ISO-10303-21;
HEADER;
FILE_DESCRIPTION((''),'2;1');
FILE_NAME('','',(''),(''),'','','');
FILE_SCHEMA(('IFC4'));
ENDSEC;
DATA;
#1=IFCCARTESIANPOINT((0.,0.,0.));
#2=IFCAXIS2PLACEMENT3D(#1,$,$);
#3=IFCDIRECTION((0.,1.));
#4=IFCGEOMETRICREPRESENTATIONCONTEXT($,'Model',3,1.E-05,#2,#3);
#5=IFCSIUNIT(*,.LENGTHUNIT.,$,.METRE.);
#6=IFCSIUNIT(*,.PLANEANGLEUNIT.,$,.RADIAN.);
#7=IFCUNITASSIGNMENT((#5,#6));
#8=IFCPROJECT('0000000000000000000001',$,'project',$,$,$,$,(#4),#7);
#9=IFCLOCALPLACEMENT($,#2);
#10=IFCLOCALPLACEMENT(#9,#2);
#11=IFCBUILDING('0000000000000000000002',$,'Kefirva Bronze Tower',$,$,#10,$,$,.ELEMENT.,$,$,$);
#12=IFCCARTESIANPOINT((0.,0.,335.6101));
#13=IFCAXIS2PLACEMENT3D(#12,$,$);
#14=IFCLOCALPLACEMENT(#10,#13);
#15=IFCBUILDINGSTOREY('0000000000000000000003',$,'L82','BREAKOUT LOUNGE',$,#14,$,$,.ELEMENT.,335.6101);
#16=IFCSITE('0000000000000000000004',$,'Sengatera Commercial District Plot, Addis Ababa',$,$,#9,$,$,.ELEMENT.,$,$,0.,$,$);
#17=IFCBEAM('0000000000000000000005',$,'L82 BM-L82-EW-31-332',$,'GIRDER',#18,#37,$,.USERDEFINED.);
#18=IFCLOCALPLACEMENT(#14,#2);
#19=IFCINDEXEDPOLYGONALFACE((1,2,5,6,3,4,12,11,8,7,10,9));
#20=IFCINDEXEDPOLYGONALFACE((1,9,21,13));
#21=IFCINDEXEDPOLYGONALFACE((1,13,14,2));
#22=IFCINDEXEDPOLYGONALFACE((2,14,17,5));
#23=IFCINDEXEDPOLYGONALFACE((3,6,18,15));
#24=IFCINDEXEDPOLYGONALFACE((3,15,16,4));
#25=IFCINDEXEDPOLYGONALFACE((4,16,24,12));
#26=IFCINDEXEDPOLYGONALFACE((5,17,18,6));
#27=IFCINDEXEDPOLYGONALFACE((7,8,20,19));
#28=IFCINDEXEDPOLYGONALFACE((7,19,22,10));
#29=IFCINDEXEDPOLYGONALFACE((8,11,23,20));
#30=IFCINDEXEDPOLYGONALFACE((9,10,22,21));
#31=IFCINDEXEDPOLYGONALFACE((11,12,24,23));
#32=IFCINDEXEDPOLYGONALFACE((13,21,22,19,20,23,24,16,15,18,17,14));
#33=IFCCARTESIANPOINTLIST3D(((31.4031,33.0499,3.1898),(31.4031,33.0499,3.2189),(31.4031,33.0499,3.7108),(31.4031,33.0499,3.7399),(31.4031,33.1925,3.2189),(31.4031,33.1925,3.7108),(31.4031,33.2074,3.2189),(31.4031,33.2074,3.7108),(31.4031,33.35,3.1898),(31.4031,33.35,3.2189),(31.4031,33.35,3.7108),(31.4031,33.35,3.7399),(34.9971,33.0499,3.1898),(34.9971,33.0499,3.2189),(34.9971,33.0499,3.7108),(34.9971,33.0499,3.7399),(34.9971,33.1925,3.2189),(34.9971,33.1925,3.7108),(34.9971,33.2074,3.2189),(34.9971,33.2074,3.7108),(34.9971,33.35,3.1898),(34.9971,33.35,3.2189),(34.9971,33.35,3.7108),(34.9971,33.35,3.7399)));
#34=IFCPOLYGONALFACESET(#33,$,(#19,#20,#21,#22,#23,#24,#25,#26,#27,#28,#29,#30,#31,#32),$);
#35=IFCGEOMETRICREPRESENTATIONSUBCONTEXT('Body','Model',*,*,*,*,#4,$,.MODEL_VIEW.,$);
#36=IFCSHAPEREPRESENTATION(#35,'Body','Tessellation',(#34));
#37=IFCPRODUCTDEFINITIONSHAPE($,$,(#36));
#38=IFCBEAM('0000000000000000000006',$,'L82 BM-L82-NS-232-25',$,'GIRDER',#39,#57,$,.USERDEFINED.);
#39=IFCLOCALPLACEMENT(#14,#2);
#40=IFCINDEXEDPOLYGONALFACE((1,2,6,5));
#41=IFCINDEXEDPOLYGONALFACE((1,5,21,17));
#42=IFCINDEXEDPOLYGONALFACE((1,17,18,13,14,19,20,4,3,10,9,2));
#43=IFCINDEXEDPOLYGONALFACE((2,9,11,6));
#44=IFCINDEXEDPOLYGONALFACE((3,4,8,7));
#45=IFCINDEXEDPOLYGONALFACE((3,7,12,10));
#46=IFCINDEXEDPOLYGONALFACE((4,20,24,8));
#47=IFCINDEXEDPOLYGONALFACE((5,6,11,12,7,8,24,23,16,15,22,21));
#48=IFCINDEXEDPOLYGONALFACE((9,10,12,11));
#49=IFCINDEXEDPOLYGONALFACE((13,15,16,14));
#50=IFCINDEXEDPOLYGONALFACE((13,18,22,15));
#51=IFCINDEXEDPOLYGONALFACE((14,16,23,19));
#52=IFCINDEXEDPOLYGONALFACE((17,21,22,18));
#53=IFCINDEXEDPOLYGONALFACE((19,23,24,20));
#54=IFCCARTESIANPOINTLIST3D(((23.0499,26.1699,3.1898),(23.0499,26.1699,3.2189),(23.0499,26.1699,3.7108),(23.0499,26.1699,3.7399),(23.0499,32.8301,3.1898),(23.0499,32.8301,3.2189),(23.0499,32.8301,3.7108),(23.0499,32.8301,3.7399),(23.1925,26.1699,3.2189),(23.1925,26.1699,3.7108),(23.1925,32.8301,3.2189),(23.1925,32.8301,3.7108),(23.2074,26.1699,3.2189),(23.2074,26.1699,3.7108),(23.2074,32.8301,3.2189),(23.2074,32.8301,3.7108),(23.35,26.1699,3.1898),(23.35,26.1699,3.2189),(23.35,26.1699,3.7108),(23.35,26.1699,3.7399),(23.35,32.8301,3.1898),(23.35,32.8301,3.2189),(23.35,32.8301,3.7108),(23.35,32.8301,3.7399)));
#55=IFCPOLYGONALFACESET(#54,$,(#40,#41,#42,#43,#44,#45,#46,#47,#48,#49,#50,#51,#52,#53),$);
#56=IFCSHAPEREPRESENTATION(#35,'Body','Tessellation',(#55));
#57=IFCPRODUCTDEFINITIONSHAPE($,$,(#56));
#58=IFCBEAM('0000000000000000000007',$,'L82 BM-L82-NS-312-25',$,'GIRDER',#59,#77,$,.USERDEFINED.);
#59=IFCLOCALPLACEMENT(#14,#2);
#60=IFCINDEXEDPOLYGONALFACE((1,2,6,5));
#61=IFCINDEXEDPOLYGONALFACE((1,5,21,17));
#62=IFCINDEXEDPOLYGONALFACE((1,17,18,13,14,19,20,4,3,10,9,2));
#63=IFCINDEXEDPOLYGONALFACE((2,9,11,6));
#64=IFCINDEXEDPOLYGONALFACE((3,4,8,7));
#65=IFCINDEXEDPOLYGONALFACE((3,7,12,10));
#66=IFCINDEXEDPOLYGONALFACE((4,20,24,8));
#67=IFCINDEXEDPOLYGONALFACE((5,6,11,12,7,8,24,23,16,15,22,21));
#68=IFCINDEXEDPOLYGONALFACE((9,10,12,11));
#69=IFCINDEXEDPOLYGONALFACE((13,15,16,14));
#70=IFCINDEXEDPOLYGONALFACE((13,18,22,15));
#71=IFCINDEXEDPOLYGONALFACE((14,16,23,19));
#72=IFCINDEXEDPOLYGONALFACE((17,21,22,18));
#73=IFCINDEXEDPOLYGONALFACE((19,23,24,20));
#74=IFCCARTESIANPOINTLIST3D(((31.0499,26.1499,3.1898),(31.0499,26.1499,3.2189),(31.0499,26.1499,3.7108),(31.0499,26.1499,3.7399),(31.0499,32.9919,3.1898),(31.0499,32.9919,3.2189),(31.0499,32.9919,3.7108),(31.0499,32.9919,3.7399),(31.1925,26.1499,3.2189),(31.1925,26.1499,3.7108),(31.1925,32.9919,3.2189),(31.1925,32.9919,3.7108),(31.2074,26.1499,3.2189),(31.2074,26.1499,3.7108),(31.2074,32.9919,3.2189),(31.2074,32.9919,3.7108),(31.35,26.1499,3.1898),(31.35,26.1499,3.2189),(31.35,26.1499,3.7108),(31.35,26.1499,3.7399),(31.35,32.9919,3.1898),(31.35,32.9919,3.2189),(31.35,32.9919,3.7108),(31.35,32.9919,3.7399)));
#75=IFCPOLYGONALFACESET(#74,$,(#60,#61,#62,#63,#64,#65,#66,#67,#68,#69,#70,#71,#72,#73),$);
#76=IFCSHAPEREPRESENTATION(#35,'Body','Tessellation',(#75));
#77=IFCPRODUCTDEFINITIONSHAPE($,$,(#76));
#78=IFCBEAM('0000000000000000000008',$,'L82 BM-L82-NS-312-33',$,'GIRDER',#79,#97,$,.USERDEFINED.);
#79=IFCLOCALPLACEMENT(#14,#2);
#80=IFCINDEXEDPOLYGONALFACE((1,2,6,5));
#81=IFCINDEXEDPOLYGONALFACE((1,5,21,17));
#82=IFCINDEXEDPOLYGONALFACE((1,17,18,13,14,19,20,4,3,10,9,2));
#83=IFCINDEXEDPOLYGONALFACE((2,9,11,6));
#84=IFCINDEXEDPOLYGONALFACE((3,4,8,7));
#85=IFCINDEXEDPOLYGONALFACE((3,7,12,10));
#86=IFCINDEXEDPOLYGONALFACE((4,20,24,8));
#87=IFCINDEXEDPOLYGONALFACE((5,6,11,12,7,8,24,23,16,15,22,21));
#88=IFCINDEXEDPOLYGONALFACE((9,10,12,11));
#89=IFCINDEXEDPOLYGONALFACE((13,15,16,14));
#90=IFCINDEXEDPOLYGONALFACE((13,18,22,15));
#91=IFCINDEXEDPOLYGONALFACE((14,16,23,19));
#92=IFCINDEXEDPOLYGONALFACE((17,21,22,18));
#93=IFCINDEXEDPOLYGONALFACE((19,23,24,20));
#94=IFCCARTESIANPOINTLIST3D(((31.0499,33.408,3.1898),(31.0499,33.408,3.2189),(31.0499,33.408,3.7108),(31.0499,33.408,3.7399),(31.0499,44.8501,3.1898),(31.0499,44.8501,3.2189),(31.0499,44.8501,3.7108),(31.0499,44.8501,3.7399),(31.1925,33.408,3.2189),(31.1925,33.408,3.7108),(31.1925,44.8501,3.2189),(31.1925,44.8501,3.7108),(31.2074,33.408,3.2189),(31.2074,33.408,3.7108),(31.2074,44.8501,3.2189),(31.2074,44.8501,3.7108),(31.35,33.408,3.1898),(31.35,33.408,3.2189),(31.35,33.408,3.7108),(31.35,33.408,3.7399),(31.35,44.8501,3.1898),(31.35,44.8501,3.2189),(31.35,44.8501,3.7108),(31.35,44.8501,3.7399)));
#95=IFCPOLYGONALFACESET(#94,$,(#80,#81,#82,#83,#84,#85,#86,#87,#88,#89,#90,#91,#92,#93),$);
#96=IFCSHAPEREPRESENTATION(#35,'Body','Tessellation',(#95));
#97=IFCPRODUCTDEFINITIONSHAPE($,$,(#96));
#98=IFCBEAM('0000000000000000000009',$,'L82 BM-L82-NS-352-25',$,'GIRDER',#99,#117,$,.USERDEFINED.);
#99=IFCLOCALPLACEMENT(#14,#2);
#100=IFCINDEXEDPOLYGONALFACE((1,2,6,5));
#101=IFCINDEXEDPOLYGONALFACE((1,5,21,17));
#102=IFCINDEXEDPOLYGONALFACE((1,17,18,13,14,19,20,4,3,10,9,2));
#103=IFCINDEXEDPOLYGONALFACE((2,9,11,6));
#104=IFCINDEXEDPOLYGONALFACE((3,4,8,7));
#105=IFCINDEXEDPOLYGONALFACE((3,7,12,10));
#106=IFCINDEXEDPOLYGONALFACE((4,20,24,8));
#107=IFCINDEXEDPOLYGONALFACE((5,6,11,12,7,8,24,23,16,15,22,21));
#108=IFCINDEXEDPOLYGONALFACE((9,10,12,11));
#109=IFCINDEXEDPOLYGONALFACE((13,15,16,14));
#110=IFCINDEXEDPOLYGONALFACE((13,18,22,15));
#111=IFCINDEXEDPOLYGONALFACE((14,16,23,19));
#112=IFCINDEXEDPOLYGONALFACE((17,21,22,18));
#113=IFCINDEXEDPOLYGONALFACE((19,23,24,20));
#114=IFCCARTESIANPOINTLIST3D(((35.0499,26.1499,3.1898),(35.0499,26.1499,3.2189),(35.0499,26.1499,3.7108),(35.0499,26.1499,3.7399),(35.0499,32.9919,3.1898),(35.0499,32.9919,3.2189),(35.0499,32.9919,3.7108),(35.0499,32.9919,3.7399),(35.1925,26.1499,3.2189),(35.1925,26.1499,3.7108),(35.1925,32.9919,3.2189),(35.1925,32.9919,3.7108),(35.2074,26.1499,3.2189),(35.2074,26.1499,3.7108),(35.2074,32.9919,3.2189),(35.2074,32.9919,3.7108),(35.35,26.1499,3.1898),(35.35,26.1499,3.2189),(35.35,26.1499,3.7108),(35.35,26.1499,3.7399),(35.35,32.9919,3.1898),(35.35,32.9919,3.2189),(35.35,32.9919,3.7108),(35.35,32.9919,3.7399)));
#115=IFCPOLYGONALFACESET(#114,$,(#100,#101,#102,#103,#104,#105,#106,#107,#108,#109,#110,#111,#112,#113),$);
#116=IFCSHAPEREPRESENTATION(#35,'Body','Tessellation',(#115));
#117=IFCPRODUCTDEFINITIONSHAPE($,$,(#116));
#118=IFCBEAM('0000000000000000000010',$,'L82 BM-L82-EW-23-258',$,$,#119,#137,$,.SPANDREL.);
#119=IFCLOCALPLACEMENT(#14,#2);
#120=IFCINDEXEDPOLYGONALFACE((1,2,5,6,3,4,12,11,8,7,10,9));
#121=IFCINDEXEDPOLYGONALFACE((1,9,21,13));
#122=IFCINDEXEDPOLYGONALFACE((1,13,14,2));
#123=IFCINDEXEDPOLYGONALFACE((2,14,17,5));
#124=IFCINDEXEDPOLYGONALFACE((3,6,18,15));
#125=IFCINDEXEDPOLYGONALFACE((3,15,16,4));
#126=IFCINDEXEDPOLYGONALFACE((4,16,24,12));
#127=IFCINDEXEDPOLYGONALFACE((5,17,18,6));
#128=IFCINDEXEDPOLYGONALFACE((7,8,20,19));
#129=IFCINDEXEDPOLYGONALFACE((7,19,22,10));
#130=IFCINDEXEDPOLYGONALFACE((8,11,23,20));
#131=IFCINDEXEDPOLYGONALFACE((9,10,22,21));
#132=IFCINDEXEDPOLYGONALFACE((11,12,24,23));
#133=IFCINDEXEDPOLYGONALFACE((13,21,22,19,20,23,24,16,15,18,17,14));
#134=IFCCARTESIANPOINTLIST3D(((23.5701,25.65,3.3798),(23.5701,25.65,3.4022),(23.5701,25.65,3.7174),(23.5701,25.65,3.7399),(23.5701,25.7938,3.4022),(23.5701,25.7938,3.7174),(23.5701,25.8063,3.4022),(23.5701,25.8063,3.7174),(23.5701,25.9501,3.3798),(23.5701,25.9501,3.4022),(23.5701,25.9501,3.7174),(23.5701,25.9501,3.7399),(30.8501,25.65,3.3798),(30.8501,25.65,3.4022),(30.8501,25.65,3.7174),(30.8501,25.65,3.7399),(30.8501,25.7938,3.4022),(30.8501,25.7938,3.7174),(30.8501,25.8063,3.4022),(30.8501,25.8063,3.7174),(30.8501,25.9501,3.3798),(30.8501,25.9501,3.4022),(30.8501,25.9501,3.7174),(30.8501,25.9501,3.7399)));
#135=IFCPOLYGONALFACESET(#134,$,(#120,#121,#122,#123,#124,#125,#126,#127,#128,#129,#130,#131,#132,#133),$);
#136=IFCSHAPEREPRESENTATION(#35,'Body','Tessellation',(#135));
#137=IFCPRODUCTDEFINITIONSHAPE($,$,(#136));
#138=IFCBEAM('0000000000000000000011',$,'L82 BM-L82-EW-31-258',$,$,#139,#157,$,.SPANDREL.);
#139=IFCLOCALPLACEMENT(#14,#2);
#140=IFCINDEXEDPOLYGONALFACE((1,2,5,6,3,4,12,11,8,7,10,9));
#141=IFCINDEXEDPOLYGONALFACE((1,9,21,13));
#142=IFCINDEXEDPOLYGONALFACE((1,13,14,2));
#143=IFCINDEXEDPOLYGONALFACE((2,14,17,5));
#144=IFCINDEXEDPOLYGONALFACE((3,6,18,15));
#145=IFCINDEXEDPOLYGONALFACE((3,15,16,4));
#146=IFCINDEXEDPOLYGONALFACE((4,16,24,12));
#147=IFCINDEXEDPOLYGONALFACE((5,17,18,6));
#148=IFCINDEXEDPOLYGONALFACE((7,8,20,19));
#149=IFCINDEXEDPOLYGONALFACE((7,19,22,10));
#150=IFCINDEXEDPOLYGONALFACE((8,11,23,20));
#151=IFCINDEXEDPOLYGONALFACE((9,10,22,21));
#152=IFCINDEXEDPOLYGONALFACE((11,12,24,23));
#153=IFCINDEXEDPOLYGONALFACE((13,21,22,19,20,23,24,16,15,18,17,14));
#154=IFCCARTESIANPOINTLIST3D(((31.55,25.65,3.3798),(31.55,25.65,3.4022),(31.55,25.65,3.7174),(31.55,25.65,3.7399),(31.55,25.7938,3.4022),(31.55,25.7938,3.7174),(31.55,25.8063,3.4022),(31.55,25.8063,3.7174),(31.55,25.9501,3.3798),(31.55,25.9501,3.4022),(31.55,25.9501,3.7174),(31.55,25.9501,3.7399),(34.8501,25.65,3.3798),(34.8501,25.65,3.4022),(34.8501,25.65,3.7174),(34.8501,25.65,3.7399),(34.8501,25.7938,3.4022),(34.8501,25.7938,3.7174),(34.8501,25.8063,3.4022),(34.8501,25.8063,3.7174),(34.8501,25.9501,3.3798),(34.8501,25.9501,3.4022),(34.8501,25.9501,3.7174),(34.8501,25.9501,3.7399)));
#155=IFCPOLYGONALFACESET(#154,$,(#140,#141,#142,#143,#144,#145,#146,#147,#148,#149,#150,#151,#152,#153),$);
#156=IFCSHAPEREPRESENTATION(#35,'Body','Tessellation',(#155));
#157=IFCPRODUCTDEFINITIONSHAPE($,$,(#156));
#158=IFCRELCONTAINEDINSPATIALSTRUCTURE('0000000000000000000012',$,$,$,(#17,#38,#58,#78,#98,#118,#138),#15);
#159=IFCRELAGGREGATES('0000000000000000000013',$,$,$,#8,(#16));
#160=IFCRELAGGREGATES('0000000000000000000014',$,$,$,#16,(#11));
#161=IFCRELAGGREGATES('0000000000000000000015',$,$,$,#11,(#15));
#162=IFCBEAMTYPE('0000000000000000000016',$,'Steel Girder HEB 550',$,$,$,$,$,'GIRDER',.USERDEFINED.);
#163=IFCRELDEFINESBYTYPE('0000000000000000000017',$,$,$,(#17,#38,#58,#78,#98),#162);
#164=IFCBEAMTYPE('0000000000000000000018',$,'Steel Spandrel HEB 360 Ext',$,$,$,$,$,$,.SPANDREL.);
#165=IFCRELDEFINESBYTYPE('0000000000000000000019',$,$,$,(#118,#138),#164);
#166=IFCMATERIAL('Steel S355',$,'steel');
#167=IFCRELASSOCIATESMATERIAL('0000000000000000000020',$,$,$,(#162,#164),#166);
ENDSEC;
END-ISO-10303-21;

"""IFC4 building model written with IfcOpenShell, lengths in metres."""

from ifc_helpers import new_model, si_unit, direction, frame, origin, origin_2d, place, context, subcontext, project, spatial, i_section, extrude, material, material_profile, profile_set, type_object, element, save


model = new_model("IFC4")

# Units and contexts
model_context = context("Model", 3, precision=1e-05, world=origin(), true_north=direction((0.0, 1.0)))
body_context = subcontext(model_context, "Body", "Model", "MODEL_VIEW")
ifc_project = project(units=[si_unit("LENGTHUNIT", "METRE"), si_unit("PLANEANGLEUNIT", "RADIAN")], contexts=[model_context])

# Site, building, storey
site_placement = place(None, origin())
site = spatial("IfcSite", under=ifc_project, at=site_placement, Name="Sengatera Commercial District Plot, Addis Ababa", CompositionType="ELEMENT", RefElevation=0.0)
building_placement = place(site_placement, origin())
building = spatial("IfcBuilding", under=site, at=building_placement, Name="Kefirva Bronze Tower", CompositionType="ELEMENT")
storey_placement = place(building_placement, frame((0.0, 0.0, 335.6101)))
storey = spatial("IfcBuildingStorey", under=building, at=storey_placement, Name="L82", Description="BREAKOUT LOUNGE", CompositionType="ELEMENT", Elevation=335.6101)

# Beams
ifc_material_1 = material(Name="Steel S355", Category="steel")
ifc_material_profile_1 = material_profile(ifc_material_1, i_section(OverallWidth=0.3, OverallDepth=0.55, WebThickness=0.0149, FlangeThickness=0.0291, at=origin_2d()), Name="HEB 550")
ifc_profile_set_1 = profile_set([ifc_material_profile_1], Name="Steel S355")
beam_type_1 = type_object("IfcBeamType", Name="Steel Girder HEB 550", ElementType="GIRDER", PredefinedType="USERDEFINED", material=ifc_profile_set_1)
beam_1_placement = place(storey_placement, frame((31.4031, 33.2, 3.4648), z_axis=(1.0, 0.0, 0.0), x_axis=(0.0, 1.0, 0.0)))
element("IfcBeam", 1, at=beam_1_placement, inside=storey, type_object=beam_type_1, Name="L82 BM-L82-EW-31-332", ObjectType="GIRDER", PredefinedType="USERDEFINED", context=body_context, shape_type="SweptSolid", body=[
    extrude(i_section(OverallWidth=0.3, OverallDepth=0.55, WebThickness=0.0149, FlangeThickness=0.0291, at=origin_2d()), origin(), (0.0, 0.0, 1.0), 3.594),
])
beam_2_placement = place(storey_placement, frame((23.2, 26.1699, 3.4648), z_axis=(0.0, 1.0, 0.0), x_axis=(-1.0, 0.0, 0.0)))
element("IfcBeam", 2, at=beam_2_placement, inside=storey, type_object=beam_type_1, Name="L82 BM-L82-NS-232-25", ObjectType="GIRDER", PredefinedType="USERDEFINED", context=body_context, shape_type="SweptSolid", body=[
    extrude(i_section(OverallWidth=0.3, OverallDepth=0.55, WebThickness=0.0149, FlangeThickness=0.0291, at=origin_2d()), origin(), (0.0, 0.0, 1.0), 6.6602),
])
beam_3_placement = place(storey_placement, frame((31.2, 26.1499, 3.4648), z_axis=(0.0, 1.0, 0.0), x_axis=(-1.0, 0.0, 0.0)))
element("IfcBeam", 3, at=beam_3_placement, inside=storey, type_object=beam_type_1, Name="L82 BM-L82-NS-312-25", ObjectType="GIRDER", PredefinedType="USERDEFINED", context=body_context, shape_type="SweptSolid", body=[
    extrude(i_section(OverallWidth=0.3, OverallDepth=0.55, WebThickness=0.0149, FlangeThickness=0.0291, at=origin_2d()), origin(), (0.0, 0.0, 1.0), 6.842),
])
beam_4_placement = place(storey_placement, frame((31.2, 33.408, 3.4648), z_axis=(0.0, 1.0, 0.0), x_axis=(-1.0, 0.0, 0.0)))
element("IfcBeam", 4, at=beam_4_placement, inside=storey, type_object=beam_type_1, Name="L82 BM-L82-NS-312-33", ObjectType="GIRDER", PredefinedType="USERDEFINED", context=body_context, shape_type="SweptSolid", body=[
    extrude(i_section(OverallWidth=0.3, OverallDepth=0.55, WebThickness=0.0149, FlangeThickness=0.0291, at=origin_2d()), origin(), (0.0, 0.0, 1.0), 11.4421),
])
beam_5_placement = place(storey_placement, frame((35.2, 26.1499, 3.4648), z_axis=(0.0, 1.0, 0.0), x_axis=(-1.0, 0.0, 0.0)))
element("IfcBeam", 5, at=beam_5_placement, inside=storey, type_object=beam_type_1, Name="L82 BM-L82-NS-352-25", ObjectType="GIRDER", PredefinedType="USERDEFINED", context=body_context, shape_type="SweptSolid", body=[
    extrude(i_section(OverallWidth=0.3, OverallDepth=0.55, WebThickness=0.0149, FlangeThickness=0.0291, at=origin_2d()), origin(), (0.0, 0.0, 1.0), 6.842),
])
ifc_material_profile_2 = material_profile(ifc_material_1, i_section(OverallWidth=0.3, OverallDepth=0.3601, WebThickness=0.0125, FlangeThickness=0.0225, at=origin_2d()), Name="HEB 360")
ifc_profile_set_2 = profile_set([ifc_material_profile_2], Name="Steel S355")
beam_type_2 = type_object("IfcBeamType", Name="Steel Spandrel HEB 360 Ext", PredefinedType="SPANDREL", material=ifc_profile_set_2)
beam_6_placement = place(storey_placement, frame((23.5701, 25.8, 3.5598), z_axis=(1.0, 0.0, 0.0), x_axis=(0.0, 1.0, 0.0)))
element("IfcBeam", 6, at=beam_6_placement, inside=storey, type_object=beam_type_2, Name="L82 BM-L82-EW-23-258", PredefinedType="SPANDREL", context=body_context, shape_type="SweptSolid", body=[
    extrude(i_section(OverallWidth=0.3, OverallDepth=0.3601, WebThickness=0.0125, FlangeThickness=0.0225, at=origin_2d()), origin(), (0.0, 0.0, 1.0), 7.28),
])
beam_7_placement = place(storey_placement, frame((31.55, 25.8, 3.5598), z_axis=(1.0, 0.0, 0.0), x_axis=(0.0, 1.0, 0.0)))
element("IfcBeam", 7, at=beam_7_placement, inside=storey, type_object=beam_type_2, Name="L82 BM-L82-EW-31-258", PredefinedType="SPANDREL", context=body_context, shape_type="SweptSolid", body=[
    extrude(i_section(OverallWidth=0.3, OverallDepth=0.3601, WebThickness=0.0125, FlangeThickness=0.0225, at=origin_2d()), origin(), (0.0, 0.0, 1.0), 3.3),
])

save(model, "model.ifc")
